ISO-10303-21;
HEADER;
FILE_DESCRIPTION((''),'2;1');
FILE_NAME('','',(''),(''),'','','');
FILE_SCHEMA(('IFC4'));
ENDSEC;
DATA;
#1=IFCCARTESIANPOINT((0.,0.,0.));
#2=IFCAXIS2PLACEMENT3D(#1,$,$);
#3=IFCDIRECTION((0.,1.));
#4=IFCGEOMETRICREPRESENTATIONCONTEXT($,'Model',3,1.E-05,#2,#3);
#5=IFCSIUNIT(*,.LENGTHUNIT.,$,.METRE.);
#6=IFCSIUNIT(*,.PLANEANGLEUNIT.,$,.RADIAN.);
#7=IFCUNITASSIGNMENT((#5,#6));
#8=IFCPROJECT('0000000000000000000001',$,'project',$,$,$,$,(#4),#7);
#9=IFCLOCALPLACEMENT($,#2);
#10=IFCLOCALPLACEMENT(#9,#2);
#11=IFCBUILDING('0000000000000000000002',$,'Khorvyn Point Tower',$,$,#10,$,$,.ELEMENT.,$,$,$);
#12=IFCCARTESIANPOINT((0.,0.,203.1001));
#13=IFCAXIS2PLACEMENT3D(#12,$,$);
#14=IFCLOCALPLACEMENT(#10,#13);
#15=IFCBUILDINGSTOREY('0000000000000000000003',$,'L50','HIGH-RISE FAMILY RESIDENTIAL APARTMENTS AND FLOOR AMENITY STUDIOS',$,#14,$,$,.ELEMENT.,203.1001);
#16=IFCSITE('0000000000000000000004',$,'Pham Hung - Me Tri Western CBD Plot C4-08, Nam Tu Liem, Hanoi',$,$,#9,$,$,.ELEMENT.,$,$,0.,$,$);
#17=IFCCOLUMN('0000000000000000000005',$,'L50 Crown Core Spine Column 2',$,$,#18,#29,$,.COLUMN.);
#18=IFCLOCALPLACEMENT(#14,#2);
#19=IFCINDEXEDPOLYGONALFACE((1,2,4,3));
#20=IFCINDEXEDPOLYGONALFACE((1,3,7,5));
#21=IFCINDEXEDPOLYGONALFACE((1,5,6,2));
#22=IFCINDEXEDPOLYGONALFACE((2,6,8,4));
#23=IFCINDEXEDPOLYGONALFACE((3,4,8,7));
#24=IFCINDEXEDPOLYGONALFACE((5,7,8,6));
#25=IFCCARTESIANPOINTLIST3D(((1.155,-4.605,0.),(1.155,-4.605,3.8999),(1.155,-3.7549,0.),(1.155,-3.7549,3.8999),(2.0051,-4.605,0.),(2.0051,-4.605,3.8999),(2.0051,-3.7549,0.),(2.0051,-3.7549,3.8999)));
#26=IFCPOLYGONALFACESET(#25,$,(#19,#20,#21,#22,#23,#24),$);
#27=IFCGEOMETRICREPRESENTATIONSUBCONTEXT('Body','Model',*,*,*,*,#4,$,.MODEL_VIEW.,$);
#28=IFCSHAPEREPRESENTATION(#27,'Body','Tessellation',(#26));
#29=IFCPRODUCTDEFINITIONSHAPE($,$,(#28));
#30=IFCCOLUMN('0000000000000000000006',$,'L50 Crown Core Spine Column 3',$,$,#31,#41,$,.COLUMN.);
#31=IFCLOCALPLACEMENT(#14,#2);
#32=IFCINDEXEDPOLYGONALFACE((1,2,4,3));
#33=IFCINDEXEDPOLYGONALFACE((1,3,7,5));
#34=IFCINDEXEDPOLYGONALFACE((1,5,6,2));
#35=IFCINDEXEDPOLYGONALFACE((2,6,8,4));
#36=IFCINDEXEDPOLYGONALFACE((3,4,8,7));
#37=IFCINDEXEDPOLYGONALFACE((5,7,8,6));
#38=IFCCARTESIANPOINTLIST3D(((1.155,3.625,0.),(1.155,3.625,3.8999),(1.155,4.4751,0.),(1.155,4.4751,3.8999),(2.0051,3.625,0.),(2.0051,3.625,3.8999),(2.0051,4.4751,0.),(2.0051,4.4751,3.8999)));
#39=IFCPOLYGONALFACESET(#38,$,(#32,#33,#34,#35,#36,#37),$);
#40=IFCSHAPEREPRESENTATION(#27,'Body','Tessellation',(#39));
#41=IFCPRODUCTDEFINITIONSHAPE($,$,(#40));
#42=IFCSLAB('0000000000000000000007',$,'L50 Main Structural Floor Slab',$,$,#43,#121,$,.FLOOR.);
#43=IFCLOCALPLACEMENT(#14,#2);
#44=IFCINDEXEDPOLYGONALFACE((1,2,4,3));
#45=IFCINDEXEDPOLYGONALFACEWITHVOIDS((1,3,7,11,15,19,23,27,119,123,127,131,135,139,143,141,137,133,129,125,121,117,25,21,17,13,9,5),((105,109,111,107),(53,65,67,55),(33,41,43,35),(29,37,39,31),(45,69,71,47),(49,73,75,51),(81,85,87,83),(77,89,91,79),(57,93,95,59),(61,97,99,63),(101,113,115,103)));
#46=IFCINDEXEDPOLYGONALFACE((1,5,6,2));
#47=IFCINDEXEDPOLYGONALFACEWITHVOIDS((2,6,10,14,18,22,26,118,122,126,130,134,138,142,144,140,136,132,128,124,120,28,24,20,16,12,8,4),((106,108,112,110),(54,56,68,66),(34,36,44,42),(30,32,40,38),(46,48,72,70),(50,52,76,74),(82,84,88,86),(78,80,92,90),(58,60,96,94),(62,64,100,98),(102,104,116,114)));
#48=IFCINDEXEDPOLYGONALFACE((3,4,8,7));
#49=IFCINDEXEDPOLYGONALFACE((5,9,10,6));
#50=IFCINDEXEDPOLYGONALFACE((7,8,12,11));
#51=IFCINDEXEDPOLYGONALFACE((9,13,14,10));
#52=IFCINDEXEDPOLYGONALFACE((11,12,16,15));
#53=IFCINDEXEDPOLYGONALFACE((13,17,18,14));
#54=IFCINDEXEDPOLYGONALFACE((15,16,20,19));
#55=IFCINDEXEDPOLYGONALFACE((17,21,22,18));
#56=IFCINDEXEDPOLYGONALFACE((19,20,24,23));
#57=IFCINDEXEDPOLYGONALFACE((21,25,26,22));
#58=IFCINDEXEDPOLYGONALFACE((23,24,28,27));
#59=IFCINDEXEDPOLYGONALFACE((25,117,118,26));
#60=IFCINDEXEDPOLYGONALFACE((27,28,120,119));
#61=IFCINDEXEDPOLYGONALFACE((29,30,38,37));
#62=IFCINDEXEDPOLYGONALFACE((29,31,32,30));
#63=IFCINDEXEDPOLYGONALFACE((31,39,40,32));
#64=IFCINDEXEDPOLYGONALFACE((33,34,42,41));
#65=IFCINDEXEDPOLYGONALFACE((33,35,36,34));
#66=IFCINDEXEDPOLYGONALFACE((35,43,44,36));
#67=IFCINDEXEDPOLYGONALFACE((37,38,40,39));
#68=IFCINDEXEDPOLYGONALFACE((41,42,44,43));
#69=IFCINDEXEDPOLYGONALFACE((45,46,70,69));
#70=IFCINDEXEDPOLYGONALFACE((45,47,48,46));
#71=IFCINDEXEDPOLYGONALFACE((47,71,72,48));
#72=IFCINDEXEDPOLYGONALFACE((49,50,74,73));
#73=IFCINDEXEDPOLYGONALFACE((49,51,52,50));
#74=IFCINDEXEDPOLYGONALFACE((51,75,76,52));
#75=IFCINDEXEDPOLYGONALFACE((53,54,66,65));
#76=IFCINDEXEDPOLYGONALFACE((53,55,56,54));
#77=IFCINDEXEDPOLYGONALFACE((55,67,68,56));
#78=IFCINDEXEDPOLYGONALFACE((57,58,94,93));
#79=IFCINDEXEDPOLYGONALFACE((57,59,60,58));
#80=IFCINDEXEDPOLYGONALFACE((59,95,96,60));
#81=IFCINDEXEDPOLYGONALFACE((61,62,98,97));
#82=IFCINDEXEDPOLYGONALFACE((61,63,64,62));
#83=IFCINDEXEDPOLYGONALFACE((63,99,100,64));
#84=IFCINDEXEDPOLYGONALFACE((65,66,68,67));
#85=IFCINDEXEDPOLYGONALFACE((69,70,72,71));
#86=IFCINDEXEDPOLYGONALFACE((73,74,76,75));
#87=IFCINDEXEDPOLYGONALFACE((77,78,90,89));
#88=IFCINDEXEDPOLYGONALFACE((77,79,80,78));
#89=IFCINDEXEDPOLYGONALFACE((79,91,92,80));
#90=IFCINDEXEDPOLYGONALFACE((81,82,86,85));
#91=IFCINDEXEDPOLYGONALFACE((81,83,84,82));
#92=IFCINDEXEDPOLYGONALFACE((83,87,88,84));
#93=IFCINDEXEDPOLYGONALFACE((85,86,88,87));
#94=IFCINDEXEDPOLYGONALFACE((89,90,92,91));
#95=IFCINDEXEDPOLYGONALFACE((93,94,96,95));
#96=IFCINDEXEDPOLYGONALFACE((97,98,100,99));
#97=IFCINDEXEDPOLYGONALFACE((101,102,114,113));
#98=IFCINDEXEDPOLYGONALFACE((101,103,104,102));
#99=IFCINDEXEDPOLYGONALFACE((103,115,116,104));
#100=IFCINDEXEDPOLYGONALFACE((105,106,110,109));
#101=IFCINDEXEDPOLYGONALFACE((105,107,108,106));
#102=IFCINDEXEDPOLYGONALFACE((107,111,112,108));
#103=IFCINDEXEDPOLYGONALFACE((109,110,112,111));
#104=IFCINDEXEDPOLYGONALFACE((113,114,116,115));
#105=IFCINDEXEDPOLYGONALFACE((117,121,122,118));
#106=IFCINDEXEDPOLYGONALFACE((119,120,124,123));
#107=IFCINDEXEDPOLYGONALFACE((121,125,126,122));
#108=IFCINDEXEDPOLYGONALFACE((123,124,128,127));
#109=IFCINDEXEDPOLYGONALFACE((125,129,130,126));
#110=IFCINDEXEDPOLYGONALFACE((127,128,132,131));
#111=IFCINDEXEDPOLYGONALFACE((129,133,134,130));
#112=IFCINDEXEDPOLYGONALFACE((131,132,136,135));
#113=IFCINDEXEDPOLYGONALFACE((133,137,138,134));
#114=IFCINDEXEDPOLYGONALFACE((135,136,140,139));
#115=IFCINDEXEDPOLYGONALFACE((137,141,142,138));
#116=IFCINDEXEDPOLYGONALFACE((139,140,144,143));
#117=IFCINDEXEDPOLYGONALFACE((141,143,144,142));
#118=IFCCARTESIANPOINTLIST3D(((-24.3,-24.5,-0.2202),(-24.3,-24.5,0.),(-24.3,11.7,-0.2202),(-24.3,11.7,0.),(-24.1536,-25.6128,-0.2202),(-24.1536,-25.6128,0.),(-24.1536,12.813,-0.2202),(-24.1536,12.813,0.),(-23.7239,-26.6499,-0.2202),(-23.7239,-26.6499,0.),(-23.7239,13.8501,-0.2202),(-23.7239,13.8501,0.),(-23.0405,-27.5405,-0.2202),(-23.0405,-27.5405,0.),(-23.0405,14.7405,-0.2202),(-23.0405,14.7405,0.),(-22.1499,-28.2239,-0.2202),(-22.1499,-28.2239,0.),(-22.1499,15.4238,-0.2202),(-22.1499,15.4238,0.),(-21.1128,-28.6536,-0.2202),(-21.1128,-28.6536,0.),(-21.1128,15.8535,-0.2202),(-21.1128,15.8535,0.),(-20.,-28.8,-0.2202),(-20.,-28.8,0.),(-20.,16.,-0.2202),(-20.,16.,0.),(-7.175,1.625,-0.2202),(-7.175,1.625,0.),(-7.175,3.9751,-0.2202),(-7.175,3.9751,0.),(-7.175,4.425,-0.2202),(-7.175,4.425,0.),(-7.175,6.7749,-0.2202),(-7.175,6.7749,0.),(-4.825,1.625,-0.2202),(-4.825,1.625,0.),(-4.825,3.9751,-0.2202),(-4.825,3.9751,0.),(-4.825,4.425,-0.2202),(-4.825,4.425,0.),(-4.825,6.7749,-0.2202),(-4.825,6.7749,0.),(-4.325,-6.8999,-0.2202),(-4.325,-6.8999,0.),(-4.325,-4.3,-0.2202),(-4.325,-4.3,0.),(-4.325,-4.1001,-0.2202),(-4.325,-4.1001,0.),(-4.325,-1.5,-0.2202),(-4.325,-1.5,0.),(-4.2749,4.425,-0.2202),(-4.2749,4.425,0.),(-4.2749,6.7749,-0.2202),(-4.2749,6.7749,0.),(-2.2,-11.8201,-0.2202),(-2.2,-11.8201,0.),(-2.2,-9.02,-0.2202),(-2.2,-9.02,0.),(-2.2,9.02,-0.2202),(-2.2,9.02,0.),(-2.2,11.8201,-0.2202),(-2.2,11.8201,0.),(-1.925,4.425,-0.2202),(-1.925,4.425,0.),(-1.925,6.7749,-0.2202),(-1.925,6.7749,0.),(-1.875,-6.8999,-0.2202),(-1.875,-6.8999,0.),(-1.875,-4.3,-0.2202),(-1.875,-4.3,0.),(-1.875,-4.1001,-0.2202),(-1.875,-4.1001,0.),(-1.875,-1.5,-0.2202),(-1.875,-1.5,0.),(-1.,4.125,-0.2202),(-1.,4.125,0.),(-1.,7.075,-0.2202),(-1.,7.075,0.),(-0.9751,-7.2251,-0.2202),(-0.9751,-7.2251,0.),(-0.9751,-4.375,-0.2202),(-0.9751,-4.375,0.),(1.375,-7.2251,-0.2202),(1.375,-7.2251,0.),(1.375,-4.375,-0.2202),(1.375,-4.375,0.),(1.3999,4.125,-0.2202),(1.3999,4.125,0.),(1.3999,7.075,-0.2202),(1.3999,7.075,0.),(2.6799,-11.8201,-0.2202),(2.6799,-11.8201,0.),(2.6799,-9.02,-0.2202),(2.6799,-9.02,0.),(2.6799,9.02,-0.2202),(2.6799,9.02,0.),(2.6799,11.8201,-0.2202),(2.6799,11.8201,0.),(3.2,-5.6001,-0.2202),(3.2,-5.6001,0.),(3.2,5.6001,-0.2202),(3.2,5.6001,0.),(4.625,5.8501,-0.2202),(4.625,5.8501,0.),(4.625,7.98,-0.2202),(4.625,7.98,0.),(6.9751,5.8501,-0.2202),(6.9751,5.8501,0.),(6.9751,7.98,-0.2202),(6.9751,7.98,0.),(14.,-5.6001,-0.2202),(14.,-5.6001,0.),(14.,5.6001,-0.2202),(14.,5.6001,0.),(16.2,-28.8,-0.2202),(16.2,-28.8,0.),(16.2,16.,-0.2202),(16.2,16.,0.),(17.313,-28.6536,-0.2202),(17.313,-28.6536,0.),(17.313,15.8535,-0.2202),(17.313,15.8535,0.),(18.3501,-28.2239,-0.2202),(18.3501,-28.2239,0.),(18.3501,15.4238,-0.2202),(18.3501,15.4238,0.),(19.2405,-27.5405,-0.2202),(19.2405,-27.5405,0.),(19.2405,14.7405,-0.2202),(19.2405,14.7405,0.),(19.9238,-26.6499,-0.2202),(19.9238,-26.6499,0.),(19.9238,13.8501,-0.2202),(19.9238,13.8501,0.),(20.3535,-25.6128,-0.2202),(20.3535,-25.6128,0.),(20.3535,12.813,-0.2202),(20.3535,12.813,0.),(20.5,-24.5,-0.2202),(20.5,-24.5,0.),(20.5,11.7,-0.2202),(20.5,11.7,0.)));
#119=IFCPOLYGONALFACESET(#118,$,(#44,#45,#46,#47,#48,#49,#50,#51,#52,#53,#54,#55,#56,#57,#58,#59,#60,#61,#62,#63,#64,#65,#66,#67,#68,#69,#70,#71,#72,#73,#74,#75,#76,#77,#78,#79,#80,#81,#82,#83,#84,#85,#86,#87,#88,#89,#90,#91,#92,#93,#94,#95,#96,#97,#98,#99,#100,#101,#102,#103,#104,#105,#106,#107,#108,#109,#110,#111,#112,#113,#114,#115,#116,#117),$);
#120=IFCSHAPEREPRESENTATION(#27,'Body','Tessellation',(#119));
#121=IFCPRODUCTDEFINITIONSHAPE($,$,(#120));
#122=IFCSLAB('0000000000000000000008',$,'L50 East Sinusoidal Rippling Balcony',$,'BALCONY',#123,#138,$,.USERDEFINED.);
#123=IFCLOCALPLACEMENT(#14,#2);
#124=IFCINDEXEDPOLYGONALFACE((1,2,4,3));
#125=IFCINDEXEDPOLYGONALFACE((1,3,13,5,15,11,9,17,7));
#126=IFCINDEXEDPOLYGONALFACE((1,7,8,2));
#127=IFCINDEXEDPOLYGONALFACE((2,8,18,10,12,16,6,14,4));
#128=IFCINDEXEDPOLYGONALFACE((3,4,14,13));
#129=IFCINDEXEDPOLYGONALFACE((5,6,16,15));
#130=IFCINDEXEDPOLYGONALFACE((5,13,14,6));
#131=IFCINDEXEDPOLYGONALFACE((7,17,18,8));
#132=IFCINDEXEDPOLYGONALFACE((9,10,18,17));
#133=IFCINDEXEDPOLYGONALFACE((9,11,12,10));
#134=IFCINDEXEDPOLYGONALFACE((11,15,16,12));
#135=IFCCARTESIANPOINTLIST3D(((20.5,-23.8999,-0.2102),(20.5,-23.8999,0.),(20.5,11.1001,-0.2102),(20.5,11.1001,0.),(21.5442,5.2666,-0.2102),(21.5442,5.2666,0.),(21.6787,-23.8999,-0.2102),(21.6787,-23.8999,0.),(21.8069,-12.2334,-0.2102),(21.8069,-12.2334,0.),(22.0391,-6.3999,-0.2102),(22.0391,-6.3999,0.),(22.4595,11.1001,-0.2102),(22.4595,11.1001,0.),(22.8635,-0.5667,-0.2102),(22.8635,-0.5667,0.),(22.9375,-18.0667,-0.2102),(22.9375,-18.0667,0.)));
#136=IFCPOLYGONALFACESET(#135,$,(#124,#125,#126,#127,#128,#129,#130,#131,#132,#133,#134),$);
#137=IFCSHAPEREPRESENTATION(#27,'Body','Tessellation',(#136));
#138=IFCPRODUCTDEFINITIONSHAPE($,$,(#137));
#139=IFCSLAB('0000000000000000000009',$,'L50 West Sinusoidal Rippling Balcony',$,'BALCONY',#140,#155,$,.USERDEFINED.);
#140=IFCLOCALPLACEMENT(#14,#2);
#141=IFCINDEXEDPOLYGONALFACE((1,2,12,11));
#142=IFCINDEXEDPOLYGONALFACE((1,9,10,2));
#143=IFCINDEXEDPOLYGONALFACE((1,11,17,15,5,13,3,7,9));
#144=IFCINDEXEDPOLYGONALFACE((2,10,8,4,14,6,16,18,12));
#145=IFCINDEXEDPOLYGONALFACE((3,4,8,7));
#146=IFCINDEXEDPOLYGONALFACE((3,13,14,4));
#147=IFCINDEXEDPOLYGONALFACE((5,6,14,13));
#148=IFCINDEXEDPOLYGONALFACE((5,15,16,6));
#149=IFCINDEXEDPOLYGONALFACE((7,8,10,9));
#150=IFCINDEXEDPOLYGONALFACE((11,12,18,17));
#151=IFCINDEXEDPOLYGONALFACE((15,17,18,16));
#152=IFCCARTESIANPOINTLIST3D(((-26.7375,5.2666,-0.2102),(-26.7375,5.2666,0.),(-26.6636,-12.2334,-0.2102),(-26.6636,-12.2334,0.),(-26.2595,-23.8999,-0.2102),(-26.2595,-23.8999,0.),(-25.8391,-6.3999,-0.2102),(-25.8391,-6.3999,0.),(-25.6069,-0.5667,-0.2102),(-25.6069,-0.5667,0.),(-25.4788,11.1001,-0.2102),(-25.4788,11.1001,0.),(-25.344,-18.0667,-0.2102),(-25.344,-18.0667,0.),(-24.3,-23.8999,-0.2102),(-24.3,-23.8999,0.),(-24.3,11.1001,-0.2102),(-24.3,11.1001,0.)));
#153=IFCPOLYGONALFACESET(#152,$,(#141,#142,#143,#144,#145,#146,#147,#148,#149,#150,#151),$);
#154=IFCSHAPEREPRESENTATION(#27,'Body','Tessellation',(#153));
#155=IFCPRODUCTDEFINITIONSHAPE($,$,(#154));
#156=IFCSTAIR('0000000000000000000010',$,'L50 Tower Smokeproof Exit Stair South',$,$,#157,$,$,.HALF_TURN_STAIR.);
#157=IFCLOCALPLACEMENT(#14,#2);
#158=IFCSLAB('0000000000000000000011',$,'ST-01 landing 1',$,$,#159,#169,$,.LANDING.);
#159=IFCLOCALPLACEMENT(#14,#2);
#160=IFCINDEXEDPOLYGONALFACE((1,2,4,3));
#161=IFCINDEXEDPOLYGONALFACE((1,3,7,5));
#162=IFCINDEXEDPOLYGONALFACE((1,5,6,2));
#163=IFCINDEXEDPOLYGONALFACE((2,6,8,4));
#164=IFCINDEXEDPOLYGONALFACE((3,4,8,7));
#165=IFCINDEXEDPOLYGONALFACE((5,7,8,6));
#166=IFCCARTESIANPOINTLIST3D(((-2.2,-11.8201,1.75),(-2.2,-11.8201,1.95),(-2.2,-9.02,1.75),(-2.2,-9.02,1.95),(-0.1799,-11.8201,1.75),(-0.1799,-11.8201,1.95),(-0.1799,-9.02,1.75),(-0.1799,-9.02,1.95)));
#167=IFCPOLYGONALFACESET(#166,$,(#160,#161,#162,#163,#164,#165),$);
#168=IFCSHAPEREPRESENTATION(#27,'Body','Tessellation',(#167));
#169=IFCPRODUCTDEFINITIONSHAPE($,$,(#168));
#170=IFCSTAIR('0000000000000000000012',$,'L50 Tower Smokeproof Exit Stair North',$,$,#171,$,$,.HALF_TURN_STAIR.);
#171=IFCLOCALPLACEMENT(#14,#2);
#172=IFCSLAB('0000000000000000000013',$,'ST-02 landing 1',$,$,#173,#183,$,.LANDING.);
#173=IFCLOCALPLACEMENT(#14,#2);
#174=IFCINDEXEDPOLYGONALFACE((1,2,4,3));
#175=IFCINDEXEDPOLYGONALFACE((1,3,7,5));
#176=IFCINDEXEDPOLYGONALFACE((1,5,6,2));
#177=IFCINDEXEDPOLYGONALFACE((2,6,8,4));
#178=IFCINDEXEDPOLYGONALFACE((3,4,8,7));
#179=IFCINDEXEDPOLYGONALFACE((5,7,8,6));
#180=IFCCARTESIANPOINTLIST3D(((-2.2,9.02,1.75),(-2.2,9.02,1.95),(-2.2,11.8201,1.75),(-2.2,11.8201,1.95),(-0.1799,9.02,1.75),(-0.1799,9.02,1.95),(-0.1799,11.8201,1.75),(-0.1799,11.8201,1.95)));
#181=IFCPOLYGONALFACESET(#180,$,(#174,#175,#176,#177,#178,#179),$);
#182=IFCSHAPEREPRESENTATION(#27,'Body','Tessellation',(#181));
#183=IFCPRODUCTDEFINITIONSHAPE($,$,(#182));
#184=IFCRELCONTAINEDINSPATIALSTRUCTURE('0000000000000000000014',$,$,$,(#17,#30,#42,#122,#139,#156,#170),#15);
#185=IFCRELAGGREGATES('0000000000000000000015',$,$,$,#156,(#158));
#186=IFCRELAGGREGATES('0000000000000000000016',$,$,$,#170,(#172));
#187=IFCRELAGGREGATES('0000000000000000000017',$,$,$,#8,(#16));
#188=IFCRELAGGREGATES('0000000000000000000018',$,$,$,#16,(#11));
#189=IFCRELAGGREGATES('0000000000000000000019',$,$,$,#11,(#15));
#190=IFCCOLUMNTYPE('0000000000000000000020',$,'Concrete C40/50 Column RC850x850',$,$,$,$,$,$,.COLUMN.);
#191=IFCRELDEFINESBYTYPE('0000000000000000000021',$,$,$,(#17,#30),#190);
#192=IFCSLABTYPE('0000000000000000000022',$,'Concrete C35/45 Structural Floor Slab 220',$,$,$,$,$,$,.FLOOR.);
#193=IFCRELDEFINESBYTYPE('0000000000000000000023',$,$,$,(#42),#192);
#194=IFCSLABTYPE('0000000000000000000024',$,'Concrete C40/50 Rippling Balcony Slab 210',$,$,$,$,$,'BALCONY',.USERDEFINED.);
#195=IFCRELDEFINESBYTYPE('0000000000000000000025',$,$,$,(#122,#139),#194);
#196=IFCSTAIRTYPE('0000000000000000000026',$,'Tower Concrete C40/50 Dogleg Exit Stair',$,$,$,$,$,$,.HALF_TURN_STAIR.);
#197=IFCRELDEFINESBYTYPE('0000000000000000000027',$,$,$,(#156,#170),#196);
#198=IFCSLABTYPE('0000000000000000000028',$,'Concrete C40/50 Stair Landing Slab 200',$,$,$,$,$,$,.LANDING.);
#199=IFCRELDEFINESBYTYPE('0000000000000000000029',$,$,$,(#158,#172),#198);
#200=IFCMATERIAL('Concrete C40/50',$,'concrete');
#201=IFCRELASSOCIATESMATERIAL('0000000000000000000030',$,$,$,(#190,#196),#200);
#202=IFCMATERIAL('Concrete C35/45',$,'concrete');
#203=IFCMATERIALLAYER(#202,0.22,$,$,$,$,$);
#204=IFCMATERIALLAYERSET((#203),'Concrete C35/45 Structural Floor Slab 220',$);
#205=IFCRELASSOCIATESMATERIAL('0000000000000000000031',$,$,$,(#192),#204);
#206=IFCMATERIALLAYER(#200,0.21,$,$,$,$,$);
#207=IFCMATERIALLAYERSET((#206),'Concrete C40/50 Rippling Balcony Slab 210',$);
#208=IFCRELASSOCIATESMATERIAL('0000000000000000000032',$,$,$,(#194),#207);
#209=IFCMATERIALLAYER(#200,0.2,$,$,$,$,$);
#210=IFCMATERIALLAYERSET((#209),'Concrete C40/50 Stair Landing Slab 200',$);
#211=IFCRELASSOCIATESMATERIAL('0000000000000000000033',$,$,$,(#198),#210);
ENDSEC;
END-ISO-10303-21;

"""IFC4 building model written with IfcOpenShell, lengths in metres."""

from ifc_helpers import new_model, si_unit, direction, frame, origin, origin_2d, place, context, subcontext, project, spatial, polyline, rectangle, outline, extrude, material, layer, layer_set, material_profile, profile_set, type_object, element, aggregate, save


model = new_model("IFC4")

# Units and contexts
model_context = context("Model", 3, precision=1e-05, world=origin(), true_north=direction((0.0, 1.0)))
body_context = subcontext(model_context, "Body", "Model", "MODEL_VIEW")
ifc_project = project(units=[si_unit("LENGTHUNIT", "METRE"), si_unit("PLANEANGLEUNIT", "RADIAN")], contexts=[model_context])

# Site, building, storey
site_placement = place(None, origin())
site = spatial("IfcSite", under=ifc_project, at=site_placement, Name="Pham Hung - Me Tri Western CBD Plot C4-08, Nam Tu Liem, Hanoi", CompositionType="ELEMENT", RefElevation=0.0)
building_placement = place(site_placement, origin())
building = spatial("IfcBuilding", under=site, at=building_placement, Name="Khorvyn Point Tower", CompositionType="ELEMENT")
storey_placement = place(building_placement, frame((0.0, 0.0, 203.1001)))
storey = spatial("IfcBuildingStorey", under=building, at=storey_placement, Name="L50", Description="HIGH-RISE FAMILY RESIDENTIAL APARTMENTS AND FLOOR AMENITY STUDIOS", CompositionType="ELEMENT", Elevation=203.1001)

# Columns
ifc_material_1 = material(Name="Concrete C40/50", Category="concrete")
ifc_material_profile = material_profile(ifc_material_1, rectangle(XDim=0.8501, YDim=0.8501, at=origin_2d()))
ifc_profile_set = profile_set([ifc_material_profile], Name="Concrete C40/50 RC850x850")
column_type = type_object("IfcColumnType", Name="Concrete C40/50 Column RC850x850", PredefinedType="COLUMN", material=ifc_profile_set)
for number, where, z_axis, x_axis, name in (
    (1, (1.5801, -4.1799, 0.0), (0.0, 0.0, 1.0), (1.0, 0.0, 0.0), "L50 Crown Core Spine Column 2"),
    (2, (1.5801, 4.05, 0.0), (0.0, 0.0, 1.0), (1.0, 0.0, 0.0), "L50 Crown Core Spine Column 3"),
):
    element("IfcColumn", number, at=place(storey_placement, frame(where, z_axis=z_axis, x_axis=x_axis)), inside=storey, type_object=column_type, Name=name, PredefinedType="COLUMN", context=body_context, shape_type="SweptSolid", body=[
        extrude(rectangle(XDim=0.8501, YDim=0.8501, at=origin_2d()), origin(), (0.0, 0.0, 1.0), 3.8999),
    ])

# Slabs
ifc_material_2 = material(Name="Concrete C35/45", Category="concrete")
ifc_layer_1 = layer(ifc_material_2, 0.22)
ifc_layer_set_1 = layer_set([ifc_layer_1], Name="Concrete C35/45 Structural Floor Slab 220")
slab_type_1 = type_object("IfcSlabType", Name="Concrete C35/45 Structural Floor Slab 220", PredefinedType="FLOOR", material=ifc_layer_set_1)
slab_1_placement = place(storey_placement, frame((0.0, 0.0, -0.2202)))
element("IfcSlab", 3, at=slab_1_placement, inside=storey, type_object=slab_type_1, Name="L50 Main Structural Floor Slab", PredefinedType="FLOOR", context=body_context, shape_type="SweptSolid", body=[
    extrude(outline(polyline([(-20.0, -28.8), (-21.1128, -28.6536), (-22.1499, -28.2239), (-23.0405, -27.5405), (-23.7239, -26.6499), (-24.1536, -25.6128), (-24.3, -24.5), (-24.3, 11.7), (-24.1536, 12.813), (-23.7239, 13.8501), (-23.0405, 14.7405), (-22.1499, 15.4238), (-21.1128, 15.8535), (-20.0, 16.0), (16.2, 16.0), (17.313, 15.8535), (18.3501, 15.4238), (19.2405, 14.7405), (19.9238, 13.8501), (20.3535, 12.813), (20.5, 11.7), (20.5, -24.5), (20.3535, -25.6128), (19.9238, -26.6499), (19.2405, -27.5405), (18.3501, -28.2239), (17.313, -28.6536), (16.2, -28.8), (-20.0, -28.8)]), holes=[polyline([(-1.875, -6.8999), (-1.875, -4.3), (-4.325, -4.3), (-4.325, -6.8999), (-1.875, -6.8999)]), polyline([(-1.875, -4.1001), (-1.875, -1.5), (-4.325, -1.5), (-4.325, -4.1001), (-1.875, -4.1001)]), polyline([(-4.825, 1.625), (-4.825, 3.9751), (-7.175, 3.9751), (-7.175, 1.625), (-4.825, 1.625)]), polyline([(-7.175, 4.425), (-4.825, 4.425), (-4.825, 6.7749), (-7.175, 6.7749), (-7.175, 4.425)]), polyline([(-4.2749, 4.425), (-1.925, 4.425), (-1.925, 6.7749), (-4.2749, 6.7749), (-4.2749, 4.425)]), polyline([(1.3999, 4.125), (1.3999, 7.075), (-1.0, 7.075), (-1.0, 4.125), (1.3999, 4.125)]), polyline([(-2.2, -11.8201), (2.6799, -11.8201), (2.6799, -9.02), (-2.2, -9.02), (-2.2, -11.8201)]), polyline([(-0.9751, -7.2251), (1.375, -7.2251), (1.375, -4.375), (-0.9751, -4.375), (-0.9751, -7.2251)]), polyline([(14.0, -5.6001), (14.0, 5.6001), (3.2, 5.6001), (3.2, -5.6001), (14.0, -5.6001)]), polyline([(4.625, 5.8501), (6.9751, 5.8501), (6.9751, 7.98), (4.625, 7.98), (4.625, 5.8501)]), polyline([(-2.2, 9.02), (2.6799, 9.02), (2.6799, 11.8201), (-2.2, 11.8201), (-2.2, 9.02)])]), origin(), (0.0, 0.0, 1.0), 0.2202),
])
ifc_layer_2 = layer(ifc_material_1, 0.21)
ifc_layer_set_2 = layer_set([ifc_layer_2], Name="Concrete C40/50 Rippling Balcony Slab 210")
slab_type_2 = type_object("IfcSlabType", Name="Concrete C40/50 Rippling Balcony Slab 210", ElementType="BALCONY", PredefinedType="USERDEFINED", material=ifc_layer_set_2)
slab_2_placement = place(storey_placement, frame((0.0, 0.0, -0.2102)))
element("IfcSlab", 4, at=slab_2_placement, inside=storey, type_object=slab_type_2, Name="L50 East Sinusoidal Rippling Balcony", ObjectType="BALCONY", PredefinedType="USERDEFINED", context=body_context, shape_type="SweptSolid", body=[
    extrude(outline(polyline([(20.5, -23.8999), (21.6787, -23.8999), (22.9375, -18.0667), (21.8069, -12.2334), (22.0391, -6.3999), (22.8635, -0.5667), (21.5442, 5.2666), (22.4595, 11.1001), (20.5, 11.1001), (20.5, -23.8999)])), origin(), (0.0, 0.0, 1.0), 0.2102),
])
slab_3_placement = place(storey_placement, frame((0.0, 0.0, -0.2102)))
element("IfcSlab", 5, at=slab_3_placement, inside=storey, type_object=slab_type_2, Name="L50 West Sinusoidal Rippling Balcony", ObjectType="BALCONY", PredefinedType="USERDEFINED", context=body_context, shape_type="SweptSolid", body=[
    extrude(outline(polyline([(-24.3, 11.1001), (-25.4788, 11.1001), (-26.7375, 5.2666), (-25.6069, -0.5667), (-25.8391, -6.3999), (-26.6636, -12.2334), (-25.344, -18.0667), (-26.2595, -23.8999), (-24.3, -23.8999), (-24.3, 11.1001)])), origin(), (0.0, 0.0, 1.0), 0.2102),
])

# Stairs, slabs
stair_type = type_object("IfcStairType", Name="Tower Concrete C40/50 Dogleg Exit Stair", PredefinedType="HALF_TURN_STAIR", material=ifc_material_1)
stair_1_placement = place(storey_placement, origin())
stair_1 = element("IfcStair", 6, at=stair_1_placement, inside=storey, type_object=stair_type, Name="L50 Tower Smokeproof Exit Stair South", PredefinedType="HALF_TURN_STAIR")
ifc_layer_3 = layer(ifc_material_1, 0.2)
ifc_layer_set_3 = layer_set([ifc_layer_3], Name="Concrete C40/50 Stair Landing Slab 200")
slab_type_3 = type_object("IfcSlabType", Name="Concrete C40/50 Stair Landing Slab 200", PredefinedType="LANDING", material=ifc_layer_set_3)
slab_4_placement = place(storey_placement, frame((0.0, 0.0, 1.75)))
slab_4 = element("IfcSlab", 7, at=slab_4_placement, type_object=slab_type_3, Name="ST-01 landing 1", PredefinedType="LANDING", context=body_context, shape_type="SweptSolid", body=[
    extrude(outline(polyline([(-0.1799, -9.02), (-2.2, -9.02), (-2.2, -11.8201), (-0.1799, -11.8201), (-0.1799, -9.02)])), origin(), (0.0, 0.0, 1.0), 0.2),
])
aggregate(stair_1, [slab_4])
stair_2_placement = place(storey_placement, origin())
stair_2 = element("IfcStair", 8, at=stair_2_placement, inside=storey, type_object=stair_type, Name="L50 Tower Smokeproof Exit Stair North", PredefinedType="HALF_TURN_STAIR")
slab_5_placement = place(storey_placement, frame((0.0, 0.0, 1.75)))
slab_5 = element("IfcSlab", 9, at=slab_5_placement, type_object=slab_type_3, Name="ST-02 landing 1", PredefinedType="LANDING", context=body_context, shape_type="SweptSolid", body=[
    extrude(outline(polyline([(-0.1799, 11.8201), (-2.2, 11.8201), (-2.2, 9.02), (-0.1799, 9.02), (-0.1799, 11.8201)])), origin(), (0.0, 0.0, 1.0), 0.2),
])
aggregate(stair_2, [slab_5])

save(model, "model.ifc")
